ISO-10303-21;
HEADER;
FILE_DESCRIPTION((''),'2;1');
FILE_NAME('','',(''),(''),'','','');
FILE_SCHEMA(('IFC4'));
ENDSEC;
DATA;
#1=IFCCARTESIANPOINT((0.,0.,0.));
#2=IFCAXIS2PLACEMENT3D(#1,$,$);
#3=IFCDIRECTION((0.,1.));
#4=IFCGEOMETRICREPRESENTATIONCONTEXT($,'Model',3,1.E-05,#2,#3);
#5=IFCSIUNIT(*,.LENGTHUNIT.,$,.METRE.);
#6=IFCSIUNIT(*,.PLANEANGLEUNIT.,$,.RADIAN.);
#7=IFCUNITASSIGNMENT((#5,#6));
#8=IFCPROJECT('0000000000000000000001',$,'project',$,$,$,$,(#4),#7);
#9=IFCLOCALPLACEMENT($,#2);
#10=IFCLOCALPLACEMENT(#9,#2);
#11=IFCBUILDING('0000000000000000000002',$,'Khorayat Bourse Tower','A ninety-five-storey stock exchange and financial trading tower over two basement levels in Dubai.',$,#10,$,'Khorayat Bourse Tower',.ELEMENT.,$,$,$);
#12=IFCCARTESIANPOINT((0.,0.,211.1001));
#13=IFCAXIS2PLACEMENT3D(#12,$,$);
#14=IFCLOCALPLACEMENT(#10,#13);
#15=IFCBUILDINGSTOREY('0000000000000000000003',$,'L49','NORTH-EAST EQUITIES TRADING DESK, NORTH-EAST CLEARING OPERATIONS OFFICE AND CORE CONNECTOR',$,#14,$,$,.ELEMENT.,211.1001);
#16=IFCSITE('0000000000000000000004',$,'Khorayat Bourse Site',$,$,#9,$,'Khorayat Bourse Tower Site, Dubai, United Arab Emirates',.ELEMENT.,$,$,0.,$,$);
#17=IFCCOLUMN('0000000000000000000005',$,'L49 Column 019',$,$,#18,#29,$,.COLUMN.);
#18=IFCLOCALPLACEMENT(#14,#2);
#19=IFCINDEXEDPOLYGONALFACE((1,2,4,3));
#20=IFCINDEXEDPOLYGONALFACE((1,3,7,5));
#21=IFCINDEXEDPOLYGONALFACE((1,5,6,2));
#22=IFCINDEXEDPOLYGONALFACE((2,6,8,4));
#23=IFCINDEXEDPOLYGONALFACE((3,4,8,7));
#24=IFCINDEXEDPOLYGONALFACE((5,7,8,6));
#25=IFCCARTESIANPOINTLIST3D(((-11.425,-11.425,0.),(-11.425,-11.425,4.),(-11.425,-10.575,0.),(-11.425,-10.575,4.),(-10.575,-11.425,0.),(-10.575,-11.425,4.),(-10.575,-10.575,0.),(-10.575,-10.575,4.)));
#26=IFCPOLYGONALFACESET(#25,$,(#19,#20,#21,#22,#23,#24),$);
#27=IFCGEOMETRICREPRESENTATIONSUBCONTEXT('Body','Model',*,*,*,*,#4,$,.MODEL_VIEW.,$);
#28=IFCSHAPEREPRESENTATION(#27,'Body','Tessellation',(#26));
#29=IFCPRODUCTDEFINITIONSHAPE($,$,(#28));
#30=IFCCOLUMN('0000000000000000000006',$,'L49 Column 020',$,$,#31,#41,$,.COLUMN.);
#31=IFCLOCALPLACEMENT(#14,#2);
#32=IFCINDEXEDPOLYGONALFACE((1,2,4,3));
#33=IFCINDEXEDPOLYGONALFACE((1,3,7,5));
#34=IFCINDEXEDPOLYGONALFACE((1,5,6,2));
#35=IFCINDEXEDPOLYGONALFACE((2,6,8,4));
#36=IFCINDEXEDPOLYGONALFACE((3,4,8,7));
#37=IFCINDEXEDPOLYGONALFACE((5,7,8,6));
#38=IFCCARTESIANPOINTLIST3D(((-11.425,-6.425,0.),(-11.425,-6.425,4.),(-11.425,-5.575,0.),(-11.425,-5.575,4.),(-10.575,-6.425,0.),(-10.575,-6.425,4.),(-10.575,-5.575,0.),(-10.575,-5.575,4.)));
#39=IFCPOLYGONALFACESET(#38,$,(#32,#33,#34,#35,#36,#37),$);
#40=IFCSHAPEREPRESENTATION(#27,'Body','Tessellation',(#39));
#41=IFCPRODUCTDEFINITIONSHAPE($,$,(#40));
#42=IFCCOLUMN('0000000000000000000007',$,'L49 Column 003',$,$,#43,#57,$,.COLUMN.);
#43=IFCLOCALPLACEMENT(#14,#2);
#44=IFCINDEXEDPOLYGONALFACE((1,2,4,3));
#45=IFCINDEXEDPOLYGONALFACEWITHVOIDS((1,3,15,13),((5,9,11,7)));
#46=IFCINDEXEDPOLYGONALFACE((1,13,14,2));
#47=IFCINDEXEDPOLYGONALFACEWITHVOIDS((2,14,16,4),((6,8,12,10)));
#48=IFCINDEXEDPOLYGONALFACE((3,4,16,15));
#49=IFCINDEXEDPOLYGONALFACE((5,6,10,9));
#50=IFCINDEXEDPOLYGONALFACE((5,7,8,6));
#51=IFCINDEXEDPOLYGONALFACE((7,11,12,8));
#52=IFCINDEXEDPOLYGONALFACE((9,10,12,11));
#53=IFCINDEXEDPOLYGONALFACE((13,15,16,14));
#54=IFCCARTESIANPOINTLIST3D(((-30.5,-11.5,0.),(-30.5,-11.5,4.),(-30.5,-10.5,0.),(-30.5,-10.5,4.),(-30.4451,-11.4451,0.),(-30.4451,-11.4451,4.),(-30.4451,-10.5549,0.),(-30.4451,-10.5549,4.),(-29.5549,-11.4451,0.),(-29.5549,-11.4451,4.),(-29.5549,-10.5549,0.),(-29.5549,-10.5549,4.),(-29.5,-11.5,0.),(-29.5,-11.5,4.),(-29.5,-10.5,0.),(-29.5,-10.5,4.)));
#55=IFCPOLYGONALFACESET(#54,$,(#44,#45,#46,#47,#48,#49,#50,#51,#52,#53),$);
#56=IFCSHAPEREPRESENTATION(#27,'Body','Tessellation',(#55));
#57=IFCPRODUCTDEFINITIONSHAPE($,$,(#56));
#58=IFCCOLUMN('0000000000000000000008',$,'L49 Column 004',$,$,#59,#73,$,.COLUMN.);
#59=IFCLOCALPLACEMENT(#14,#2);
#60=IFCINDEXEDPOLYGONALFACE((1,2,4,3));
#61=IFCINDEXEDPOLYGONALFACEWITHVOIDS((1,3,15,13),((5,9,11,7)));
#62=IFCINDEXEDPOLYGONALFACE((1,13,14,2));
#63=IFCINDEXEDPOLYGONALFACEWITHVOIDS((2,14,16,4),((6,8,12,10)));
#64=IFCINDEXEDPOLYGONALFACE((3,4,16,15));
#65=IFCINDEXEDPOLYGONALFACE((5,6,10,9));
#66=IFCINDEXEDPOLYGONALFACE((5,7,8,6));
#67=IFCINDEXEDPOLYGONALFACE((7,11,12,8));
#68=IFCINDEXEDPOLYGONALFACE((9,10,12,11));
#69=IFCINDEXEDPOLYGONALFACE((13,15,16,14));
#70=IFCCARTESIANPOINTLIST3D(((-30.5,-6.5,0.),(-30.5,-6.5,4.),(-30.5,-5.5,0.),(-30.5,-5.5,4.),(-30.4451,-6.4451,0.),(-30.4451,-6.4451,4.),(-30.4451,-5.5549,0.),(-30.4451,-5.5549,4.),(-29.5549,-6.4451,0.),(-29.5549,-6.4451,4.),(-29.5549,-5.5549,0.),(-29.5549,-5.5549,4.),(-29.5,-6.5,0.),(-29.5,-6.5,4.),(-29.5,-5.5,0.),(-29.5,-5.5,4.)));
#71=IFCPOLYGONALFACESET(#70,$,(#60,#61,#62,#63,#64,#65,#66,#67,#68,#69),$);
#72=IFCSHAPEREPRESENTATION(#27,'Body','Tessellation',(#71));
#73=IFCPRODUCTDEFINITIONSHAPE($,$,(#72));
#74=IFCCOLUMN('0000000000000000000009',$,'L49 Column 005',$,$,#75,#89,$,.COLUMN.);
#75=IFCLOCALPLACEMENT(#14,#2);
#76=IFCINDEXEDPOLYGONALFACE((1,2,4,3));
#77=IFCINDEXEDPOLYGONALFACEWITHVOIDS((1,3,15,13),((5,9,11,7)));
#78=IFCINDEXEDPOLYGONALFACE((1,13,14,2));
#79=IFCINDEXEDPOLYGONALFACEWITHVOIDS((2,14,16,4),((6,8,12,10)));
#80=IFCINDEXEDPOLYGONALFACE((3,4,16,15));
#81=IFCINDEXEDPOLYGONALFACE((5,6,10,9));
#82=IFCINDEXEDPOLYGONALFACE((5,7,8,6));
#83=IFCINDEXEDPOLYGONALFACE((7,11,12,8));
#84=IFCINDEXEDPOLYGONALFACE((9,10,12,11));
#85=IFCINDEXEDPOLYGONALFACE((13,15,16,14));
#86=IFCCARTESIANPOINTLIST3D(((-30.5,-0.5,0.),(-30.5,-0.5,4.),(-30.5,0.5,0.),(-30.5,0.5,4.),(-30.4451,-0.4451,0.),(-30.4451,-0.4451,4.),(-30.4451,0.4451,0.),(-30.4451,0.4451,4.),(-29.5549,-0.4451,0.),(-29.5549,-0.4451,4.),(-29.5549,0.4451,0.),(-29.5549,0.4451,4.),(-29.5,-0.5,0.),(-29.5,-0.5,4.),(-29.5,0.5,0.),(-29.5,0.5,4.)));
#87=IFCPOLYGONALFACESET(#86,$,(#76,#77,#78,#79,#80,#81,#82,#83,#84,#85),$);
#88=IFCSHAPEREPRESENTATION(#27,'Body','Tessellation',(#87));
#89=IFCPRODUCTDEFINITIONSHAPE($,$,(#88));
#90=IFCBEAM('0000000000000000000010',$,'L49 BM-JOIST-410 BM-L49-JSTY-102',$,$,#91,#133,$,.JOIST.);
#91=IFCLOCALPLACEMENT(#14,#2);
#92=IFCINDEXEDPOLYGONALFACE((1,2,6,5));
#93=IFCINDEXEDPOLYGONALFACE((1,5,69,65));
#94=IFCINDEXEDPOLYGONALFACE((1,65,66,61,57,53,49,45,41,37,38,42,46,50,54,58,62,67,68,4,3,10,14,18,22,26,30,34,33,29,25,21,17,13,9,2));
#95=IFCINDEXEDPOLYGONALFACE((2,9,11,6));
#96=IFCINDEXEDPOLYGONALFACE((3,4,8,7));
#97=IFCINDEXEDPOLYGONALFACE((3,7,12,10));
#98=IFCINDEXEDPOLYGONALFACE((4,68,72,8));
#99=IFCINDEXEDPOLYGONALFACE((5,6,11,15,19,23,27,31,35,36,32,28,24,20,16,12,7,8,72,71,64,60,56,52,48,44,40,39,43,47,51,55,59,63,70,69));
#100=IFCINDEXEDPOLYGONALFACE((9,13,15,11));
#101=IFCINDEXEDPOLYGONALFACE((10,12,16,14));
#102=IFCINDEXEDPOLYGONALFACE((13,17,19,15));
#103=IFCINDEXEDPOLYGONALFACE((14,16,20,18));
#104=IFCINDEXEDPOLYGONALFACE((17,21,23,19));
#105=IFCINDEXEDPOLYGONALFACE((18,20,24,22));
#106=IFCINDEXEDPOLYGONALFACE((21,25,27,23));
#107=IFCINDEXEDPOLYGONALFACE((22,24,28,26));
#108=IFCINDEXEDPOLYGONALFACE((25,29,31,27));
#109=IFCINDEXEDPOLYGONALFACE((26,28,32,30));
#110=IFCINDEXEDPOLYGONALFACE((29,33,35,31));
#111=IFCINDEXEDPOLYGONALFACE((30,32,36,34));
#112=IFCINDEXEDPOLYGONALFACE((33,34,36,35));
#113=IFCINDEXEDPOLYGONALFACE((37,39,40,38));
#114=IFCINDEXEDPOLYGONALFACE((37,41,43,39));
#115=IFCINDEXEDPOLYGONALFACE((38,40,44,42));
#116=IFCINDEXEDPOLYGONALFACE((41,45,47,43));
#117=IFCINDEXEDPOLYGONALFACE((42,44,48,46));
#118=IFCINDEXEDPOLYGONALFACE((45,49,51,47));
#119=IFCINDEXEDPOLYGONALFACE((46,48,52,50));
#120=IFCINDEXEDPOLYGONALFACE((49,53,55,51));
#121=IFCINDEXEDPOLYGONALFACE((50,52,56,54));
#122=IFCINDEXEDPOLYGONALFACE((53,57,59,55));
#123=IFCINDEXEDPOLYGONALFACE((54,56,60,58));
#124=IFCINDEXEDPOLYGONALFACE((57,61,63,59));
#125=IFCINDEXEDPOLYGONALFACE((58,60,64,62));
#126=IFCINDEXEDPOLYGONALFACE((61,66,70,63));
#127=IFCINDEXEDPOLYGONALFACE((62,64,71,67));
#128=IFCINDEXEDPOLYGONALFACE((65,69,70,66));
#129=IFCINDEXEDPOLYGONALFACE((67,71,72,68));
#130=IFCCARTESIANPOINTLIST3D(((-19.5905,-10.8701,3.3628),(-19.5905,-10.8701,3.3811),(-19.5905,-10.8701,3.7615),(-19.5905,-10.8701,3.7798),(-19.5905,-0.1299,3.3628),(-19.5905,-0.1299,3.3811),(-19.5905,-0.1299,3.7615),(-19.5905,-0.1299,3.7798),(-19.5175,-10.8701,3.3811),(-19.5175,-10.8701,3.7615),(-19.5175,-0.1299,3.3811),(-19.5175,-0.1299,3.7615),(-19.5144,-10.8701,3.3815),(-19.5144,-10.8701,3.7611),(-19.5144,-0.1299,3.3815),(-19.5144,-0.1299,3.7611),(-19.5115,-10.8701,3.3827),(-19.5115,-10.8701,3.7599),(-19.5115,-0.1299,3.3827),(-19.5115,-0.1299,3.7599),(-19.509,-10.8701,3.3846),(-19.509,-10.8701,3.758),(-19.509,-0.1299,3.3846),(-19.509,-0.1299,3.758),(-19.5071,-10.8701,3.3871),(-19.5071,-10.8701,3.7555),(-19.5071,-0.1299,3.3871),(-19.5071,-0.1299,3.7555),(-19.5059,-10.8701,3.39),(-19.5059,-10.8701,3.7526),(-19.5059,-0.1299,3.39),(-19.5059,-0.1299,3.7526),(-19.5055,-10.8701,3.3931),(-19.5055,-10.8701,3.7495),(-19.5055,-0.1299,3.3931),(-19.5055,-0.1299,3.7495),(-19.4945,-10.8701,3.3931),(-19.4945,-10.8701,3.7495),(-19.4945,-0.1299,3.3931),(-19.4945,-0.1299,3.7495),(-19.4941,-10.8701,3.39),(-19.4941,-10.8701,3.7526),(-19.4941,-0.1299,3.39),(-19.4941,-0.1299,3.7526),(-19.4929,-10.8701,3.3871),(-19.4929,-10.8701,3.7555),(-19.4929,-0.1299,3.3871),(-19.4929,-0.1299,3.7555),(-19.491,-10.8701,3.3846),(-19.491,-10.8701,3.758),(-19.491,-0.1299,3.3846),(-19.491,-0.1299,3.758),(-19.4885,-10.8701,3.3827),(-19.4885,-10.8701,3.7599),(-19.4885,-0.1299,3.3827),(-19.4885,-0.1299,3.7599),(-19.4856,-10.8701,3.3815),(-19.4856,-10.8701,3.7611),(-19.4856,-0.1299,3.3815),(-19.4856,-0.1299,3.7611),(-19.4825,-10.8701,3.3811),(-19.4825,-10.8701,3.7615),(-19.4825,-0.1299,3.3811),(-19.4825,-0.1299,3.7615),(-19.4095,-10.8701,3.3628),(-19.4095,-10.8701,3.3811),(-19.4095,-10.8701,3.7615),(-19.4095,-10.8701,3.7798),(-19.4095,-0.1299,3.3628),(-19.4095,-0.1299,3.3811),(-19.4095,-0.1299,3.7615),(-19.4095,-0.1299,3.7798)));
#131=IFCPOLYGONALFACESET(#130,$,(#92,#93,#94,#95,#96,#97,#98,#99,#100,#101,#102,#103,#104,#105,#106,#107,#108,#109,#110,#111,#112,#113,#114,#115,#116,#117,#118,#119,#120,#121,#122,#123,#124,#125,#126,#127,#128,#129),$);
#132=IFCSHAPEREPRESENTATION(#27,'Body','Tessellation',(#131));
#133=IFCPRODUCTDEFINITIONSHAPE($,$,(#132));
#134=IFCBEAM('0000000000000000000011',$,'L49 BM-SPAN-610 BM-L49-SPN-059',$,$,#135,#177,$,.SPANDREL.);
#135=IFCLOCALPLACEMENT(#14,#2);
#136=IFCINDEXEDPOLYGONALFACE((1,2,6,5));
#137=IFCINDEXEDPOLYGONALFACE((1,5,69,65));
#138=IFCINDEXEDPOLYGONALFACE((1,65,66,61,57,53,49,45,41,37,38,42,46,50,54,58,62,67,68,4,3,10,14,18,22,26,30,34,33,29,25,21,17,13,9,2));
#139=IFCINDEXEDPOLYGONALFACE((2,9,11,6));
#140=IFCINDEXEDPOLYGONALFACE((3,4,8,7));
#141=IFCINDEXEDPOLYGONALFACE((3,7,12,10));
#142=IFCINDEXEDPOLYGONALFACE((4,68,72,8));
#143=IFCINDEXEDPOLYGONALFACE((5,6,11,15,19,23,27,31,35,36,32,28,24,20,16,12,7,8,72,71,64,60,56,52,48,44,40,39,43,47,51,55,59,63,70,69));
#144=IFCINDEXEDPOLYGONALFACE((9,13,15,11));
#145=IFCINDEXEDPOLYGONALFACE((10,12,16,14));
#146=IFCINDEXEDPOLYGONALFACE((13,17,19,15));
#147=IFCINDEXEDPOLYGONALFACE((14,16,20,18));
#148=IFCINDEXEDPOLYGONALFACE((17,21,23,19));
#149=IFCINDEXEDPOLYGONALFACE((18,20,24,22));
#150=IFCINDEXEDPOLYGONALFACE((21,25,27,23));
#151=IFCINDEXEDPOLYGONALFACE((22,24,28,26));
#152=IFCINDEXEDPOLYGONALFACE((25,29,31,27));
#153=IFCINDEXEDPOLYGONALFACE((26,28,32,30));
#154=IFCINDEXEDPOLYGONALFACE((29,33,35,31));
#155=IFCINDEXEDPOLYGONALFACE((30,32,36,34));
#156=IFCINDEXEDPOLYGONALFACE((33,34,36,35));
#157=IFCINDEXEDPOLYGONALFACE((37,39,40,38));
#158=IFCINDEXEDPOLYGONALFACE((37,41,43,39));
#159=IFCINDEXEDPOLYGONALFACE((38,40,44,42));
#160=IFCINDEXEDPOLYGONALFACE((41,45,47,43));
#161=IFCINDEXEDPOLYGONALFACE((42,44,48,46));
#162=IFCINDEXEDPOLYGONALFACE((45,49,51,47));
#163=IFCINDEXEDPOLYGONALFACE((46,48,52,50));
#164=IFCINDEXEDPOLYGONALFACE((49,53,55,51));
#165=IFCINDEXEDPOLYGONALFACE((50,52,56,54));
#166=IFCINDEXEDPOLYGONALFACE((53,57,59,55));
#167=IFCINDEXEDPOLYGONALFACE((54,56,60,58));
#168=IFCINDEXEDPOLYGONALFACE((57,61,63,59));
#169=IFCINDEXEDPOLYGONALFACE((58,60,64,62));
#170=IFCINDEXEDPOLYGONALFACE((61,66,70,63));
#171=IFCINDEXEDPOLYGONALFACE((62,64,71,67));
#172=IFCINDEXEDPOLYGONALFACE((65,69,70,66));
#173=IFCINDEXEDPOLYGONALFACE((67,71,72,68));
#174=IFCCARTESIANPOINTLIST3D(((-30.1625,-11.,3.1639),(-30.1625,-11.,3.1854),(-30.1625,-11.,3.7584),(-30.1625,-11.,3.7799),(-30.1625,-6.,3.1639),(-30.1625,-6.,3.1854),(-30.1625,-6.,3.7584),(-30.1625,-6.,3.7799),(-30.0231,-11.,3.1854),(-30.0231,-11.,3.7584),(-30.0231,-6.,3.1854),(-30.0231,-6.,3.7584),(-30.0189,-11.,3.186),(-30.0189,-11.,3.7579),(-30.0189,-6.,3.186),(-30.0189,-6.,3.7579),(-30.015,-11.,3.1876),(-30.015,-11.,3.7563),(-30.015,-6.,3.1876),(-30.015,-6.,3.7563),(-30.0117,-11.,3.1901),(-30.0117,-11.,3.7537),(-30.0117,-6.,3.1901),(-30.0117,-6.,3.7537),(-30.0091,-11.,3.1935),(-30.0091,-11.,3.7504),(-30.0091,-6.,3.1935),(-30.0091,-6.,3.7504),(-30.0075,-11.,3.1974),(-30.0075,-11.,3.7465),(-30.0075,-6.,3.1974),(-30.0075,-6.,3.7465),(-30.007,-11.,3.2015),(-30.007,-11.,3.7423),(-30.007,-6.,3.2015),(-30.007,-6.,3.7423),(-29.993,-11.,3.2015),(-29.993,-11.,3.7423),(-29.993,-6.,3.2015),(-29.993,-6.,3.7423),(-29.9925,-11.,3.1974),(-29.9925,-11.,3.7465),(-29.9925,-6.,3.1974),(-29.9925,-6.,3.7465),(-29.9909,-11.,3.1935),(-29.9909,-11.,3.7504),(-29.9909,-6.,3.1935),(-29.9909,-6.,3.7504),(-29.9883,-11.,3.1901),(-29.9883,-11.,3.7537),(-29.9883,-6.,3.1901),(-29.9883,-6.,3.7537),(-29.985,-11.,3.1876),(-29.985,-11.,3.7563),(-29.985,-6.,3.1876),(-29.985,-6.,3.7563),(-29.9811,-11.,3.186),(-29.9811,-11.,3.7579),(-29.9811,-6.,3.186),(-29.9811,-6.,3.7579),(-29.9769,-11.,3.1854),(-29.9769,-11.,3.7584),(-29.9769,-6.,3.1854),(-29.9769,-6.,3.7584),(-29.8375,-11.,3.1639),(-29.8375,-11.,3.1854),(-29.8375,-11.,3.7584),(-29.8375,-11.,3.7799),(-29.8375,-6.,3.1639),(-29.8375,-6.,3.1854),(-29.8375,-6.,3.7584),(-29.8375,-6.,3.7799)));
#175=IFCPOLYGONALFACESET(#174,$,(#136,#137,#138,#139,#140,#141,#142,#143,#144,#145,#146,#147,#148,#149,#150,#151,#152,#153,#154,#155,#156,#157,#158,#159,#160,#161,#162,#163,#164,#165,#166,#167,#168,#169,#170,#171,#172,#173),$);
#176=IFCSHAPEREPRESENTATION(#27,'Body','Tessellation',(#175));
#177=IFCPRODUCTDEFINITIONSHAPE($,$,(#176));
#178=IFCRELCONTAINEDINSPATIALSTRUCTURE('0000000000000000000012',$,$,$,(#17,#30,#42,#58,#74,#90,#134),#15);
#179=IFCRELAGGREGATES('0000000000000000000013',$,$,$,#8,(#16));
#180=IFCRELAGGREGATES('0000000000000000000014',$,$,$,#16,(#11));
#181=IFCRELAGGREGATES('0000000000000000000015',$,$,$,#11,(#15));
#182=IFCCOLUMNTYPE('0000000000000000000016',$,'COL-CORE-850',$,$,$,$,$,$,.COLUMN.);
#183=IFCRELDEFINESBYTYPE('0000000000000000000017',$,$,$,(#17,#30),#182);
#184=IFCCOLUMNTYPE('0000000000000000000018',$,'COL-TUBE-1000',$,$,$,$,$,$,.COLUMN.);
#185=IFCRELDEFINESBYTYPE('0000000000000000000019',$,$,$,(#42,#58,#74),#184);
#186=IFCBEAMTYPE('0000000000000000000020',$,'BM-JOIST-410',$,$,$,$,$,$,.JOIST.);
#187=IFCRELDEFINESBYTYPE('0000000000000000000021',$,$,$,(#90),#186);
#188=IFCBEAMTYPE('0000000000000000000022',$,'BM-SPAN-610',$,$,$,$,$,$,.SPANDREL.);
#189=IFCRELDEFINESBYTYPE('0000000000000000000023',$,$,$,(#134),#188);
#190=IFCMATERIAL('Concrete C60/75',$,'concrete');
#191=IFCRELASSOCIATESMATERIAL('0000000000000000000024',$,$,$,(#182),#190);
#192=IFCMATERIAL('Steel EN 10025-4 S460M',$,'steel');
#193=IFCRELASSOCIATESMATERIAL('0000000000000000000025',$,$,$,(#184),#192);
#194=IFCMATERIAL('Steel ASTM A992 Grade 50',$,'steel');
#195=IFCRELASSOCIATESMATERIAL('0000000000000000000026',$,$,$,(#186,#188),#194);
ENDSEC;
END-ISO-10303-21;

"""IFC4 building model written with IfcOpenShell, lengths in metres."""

from ifc_helpers import new_model, si_unit, direction, frame, origin, origin_2d, place, context, subcontext, project, spatial, rectangle, hollow_rectangle, i_section, extrude, source, transform, mapped, material, material_profile, profile_set, type_object, element, save


model = new_model("IFC4")

# Units and contexts
model_context = context("Model", 3, precision=1e-05, world=origin(), true_north=direction((0.0, 1.0)))
body_context = subcontext(model_context, "Body", "Model", "MODEL_VIEW")
ifc_project = project(units=[si_unit("LENGTHUNIT", "METRE"), si_unit("PLANEANGLEUNIT", "RADIAN")], contexts=[model_context])

# Site, building, storey
site_placement = place(None, origin())
site = spatial("IfcSite", under=ifc_project, at=site_placement, Name="Khorayat Bourse Site", LongName="Khorayat Bourse Tower Site, Dubai, United Arab Emirates", CompositionType="ELEMENT", RefElevation=0.0)
building_placement = place(site_placement, origin())
building = spatial("IfcBuilding", under=site, at=building_placement, Name="Khorayat Bourse Tower", Description="A ninety-five-storey stock exchange and financial trading tower over two basement levels in Dubai.", LongName="Khorayat Bourse Tower", CompositionType="ELEMENT")
storey_placement = place(building_placement, frame((0.0, 0.0, 211.1001)))
storey = spatial("IfcBuildingStorey", under=building, at=storey_placement, Name="L49", Description="NORTH-EAST EQUITIES TRADING DESK, NORTH-EAST CLEARING OPERATIONS OFFICE AND CORE CONNECTOR", CompositionType="ELEMENT", Elevation=211.1001)

# Columns
ifc_material_1 = material(Name="Concrete C60/75", Category="concrete")
ifc_material_profile_1 = material_profile(ifc_material_1, rectangle(XDim=0.8501, YDim=0.8501, at=origin_2d()), Name="RC 850x850")
ifc_profile_set_1 = profile_set([ifc_material_profile_1], Name="Concrete C60/75")
column_type_1 = type_object("IfcColumnType", Name="COL-CORE-850", PredefinedType="COLUMN", material=ifc_profile_set_1)
shared_shape_1 = source(origin(), body_context, "Body", "SweptSolid", [
    extrude(rectangle(XDim=0.8501, YDim=0.8501, at=origin_2d()), origin(), (0.0, 0.0, 1.0), 4.0),
])
for number, where, z_axis, x_axis, name in (
    (1, (-11.0, -11.0, 0.0), (0.0, 0.0, 1.0), (1.0, 0.0, 0.0), "L49 Column 019"),
    (2, (-11.0, -6.0, 0.0), (0.0, 0.0, 1.0), (1.0, 0.0, 0.0), "L49 Column 020"),
):
    element("IfcColumn", number, at=place(storey_placement, frame(where, z_axis=z_axis, x_axis=x_axis)), inside=storey, type_object=column_type_1, Name=name, PredefinedType="COLUMN", context=body_context, shape_type="MappedRepresentation", body=[
        mapped(shared_shape_1, transform((0.0, 0.0, 0.0), scale=1.0)),
    ])
ifc_material_2 = material(Name="Steel EN 10025-4 S460M", Category="steel")
ifc_material_profile_2 = material_profile(ifc_material_2, hollow_rectangle(XDim=1.0, YDim=1.0, WallThickness=0.0549, at=origin_2d()), Name="BOX 1000x1000x55")
ifc_profile_set_2 = profile_set([ifc_material_profile_2], Name="Steel EN 10025-4 S460M")
column_type_2 = type_object("IfcColumnType", Name="COL-TUBE-1000", PredefinedType="COLUMN", material=ifc_profile_set_2)
shared_shape_2 = source(origin(), body_context, "Body", "SweptSolid", [
    extrude(hollow_rectangle(XDim=1.0, YDim=1.0, WallThickness=0.0549, at=origin_2d()), origin(), (0.0, 0.0, 1.0), 4.0),
])
for number, where, z_axis, x_axis, name in (
    (3, (-30.0, -11.0, 0.0), (0.0, 0.0, 1.0), (1.0, 0.0, 0.0), "L49 Column 003"),
    (4, (-30.0, -6.0, 0.0), (0.0, 0.0, 1.0), (1.0, 0.0, 0.0), "L49 Column 004"),
    (5, (-30.0, 0.0, 0.0), (0.0, 0.0, 1.0), (1.0, 0.0, 0.0), "L49 Column 005"),
):
    element("IfcColumn", number, at=place(storey_placement, frame(where, z_axis=z_axis, x_axis=x_axis)), inside=storey, type_object=column_type_2, Name=name, PredefinedType="COLUMN", context=body_context, shape_type="MappedRepresentation", body=[
        mapped(shared_shape_2, transform((0.0, 0.0, 0.0), scale=1.0)),
    ])

# Beams
ifc_material_3 = material(Name="Steel ASTM A992 Grade 50", Category="steel")
ifc_material_profile_3 = material_profile(ifc_material_3, i_section(OverallWidth=0.1809, OverallDepth=0.417, WebThickness=0.011, FlangeThickness=0.0183, FilletRadius=0.012, at=origin_2d()), Name="W410X85")
ifc_profile_set_3 = profile_set([ifc_material_profile_3], Name="Steel ASTM A992 Grade 50")
beam_type_1 = type_object("IfcBeamType", Name="BM-JOIST-410", PredefinedType="JOIST", material=ifc_profile_set_3)
shared_shape_3 = source(origin(), body_context, "Body", "SweptSolid", [
    extrude(i_section(OverallWidth=0.1809, OverallDepth=0.417, WebThickness=0.011, FlangeThickness=0.0183, FilletRadius=0.012, at=origin_2d()), origin(), (0.0, 0.0, 1.0), 10.7402),
])
beam_1_placement = place(storey_placement, frame((-19.5, -10.8701, 3.5713), z_axis=(0.0, 1.0, 0.0), x_axis=(-1.0, 0.0, 0.0)))
element("IfcBeam", 6, at=beam_1_placement, inside=storey, type_object=beam_type_1, Name="L49 BM-JOIST-410 BM-L49-JSTY-102", PredefinedType="JOIST", context=body_context, shape_type="MappedRepresentation", body=[
    mapped(shared_shape_3, transform((0.0, 0.0, 0.0), scale=1.0)),
])
ifc_material_profile_4 = material_profile(ifc_material_3, i_section(OverallWidth=0.325, OverallDepth=0.616, WebThickness=0.0139, FlangeThickness=0.0215, FilletRadius=0.0161, at=origin_2d()), Name="W610X174")
ifc_profile_set_4 = profile_set([ifc_material_profile_4], Name="Steel ASTM A992 Grade 50")
beam_type_2 = type_object("IfcBeamType", Name="BM-SPAN-610", PredefinedType="SPANDREL", material=ifc_profile_set_4)
shared_shape_4 = source(origin(), body_context, "Body", "SweptSolid", [
    extrude(i_section(OverallWidth=0.325, OverallDepth=0.616, WebThickness=0.0139, FlangeThickness=0.0215, FilletRadius=0.0161, at=origin_2d()), origin(), (0.0, 0.0, 1.0), 5.0),
])
beam_2_placement = place(storey_placement, frame((-30.0, -11.0, 3.4719), z_axis=(0.0, 1.0, 0.0), x_axis=(-1.0, 0.0, 0.0)))
element("IfcBeam", 7, at=beam_2_placement, inside=storey, type_object=beam_type_2, Name="L49 BM-SPAN-610 BM-L49-SPN-059", PredefinedType="SPANDREL", context=body_context, shape_type="MappedRepresentation", body=[
    mapped(shared_shape_4, transform((0.0, 0.0, 0.0), scale=1.0)),
])

save(model, "model.ifc")
